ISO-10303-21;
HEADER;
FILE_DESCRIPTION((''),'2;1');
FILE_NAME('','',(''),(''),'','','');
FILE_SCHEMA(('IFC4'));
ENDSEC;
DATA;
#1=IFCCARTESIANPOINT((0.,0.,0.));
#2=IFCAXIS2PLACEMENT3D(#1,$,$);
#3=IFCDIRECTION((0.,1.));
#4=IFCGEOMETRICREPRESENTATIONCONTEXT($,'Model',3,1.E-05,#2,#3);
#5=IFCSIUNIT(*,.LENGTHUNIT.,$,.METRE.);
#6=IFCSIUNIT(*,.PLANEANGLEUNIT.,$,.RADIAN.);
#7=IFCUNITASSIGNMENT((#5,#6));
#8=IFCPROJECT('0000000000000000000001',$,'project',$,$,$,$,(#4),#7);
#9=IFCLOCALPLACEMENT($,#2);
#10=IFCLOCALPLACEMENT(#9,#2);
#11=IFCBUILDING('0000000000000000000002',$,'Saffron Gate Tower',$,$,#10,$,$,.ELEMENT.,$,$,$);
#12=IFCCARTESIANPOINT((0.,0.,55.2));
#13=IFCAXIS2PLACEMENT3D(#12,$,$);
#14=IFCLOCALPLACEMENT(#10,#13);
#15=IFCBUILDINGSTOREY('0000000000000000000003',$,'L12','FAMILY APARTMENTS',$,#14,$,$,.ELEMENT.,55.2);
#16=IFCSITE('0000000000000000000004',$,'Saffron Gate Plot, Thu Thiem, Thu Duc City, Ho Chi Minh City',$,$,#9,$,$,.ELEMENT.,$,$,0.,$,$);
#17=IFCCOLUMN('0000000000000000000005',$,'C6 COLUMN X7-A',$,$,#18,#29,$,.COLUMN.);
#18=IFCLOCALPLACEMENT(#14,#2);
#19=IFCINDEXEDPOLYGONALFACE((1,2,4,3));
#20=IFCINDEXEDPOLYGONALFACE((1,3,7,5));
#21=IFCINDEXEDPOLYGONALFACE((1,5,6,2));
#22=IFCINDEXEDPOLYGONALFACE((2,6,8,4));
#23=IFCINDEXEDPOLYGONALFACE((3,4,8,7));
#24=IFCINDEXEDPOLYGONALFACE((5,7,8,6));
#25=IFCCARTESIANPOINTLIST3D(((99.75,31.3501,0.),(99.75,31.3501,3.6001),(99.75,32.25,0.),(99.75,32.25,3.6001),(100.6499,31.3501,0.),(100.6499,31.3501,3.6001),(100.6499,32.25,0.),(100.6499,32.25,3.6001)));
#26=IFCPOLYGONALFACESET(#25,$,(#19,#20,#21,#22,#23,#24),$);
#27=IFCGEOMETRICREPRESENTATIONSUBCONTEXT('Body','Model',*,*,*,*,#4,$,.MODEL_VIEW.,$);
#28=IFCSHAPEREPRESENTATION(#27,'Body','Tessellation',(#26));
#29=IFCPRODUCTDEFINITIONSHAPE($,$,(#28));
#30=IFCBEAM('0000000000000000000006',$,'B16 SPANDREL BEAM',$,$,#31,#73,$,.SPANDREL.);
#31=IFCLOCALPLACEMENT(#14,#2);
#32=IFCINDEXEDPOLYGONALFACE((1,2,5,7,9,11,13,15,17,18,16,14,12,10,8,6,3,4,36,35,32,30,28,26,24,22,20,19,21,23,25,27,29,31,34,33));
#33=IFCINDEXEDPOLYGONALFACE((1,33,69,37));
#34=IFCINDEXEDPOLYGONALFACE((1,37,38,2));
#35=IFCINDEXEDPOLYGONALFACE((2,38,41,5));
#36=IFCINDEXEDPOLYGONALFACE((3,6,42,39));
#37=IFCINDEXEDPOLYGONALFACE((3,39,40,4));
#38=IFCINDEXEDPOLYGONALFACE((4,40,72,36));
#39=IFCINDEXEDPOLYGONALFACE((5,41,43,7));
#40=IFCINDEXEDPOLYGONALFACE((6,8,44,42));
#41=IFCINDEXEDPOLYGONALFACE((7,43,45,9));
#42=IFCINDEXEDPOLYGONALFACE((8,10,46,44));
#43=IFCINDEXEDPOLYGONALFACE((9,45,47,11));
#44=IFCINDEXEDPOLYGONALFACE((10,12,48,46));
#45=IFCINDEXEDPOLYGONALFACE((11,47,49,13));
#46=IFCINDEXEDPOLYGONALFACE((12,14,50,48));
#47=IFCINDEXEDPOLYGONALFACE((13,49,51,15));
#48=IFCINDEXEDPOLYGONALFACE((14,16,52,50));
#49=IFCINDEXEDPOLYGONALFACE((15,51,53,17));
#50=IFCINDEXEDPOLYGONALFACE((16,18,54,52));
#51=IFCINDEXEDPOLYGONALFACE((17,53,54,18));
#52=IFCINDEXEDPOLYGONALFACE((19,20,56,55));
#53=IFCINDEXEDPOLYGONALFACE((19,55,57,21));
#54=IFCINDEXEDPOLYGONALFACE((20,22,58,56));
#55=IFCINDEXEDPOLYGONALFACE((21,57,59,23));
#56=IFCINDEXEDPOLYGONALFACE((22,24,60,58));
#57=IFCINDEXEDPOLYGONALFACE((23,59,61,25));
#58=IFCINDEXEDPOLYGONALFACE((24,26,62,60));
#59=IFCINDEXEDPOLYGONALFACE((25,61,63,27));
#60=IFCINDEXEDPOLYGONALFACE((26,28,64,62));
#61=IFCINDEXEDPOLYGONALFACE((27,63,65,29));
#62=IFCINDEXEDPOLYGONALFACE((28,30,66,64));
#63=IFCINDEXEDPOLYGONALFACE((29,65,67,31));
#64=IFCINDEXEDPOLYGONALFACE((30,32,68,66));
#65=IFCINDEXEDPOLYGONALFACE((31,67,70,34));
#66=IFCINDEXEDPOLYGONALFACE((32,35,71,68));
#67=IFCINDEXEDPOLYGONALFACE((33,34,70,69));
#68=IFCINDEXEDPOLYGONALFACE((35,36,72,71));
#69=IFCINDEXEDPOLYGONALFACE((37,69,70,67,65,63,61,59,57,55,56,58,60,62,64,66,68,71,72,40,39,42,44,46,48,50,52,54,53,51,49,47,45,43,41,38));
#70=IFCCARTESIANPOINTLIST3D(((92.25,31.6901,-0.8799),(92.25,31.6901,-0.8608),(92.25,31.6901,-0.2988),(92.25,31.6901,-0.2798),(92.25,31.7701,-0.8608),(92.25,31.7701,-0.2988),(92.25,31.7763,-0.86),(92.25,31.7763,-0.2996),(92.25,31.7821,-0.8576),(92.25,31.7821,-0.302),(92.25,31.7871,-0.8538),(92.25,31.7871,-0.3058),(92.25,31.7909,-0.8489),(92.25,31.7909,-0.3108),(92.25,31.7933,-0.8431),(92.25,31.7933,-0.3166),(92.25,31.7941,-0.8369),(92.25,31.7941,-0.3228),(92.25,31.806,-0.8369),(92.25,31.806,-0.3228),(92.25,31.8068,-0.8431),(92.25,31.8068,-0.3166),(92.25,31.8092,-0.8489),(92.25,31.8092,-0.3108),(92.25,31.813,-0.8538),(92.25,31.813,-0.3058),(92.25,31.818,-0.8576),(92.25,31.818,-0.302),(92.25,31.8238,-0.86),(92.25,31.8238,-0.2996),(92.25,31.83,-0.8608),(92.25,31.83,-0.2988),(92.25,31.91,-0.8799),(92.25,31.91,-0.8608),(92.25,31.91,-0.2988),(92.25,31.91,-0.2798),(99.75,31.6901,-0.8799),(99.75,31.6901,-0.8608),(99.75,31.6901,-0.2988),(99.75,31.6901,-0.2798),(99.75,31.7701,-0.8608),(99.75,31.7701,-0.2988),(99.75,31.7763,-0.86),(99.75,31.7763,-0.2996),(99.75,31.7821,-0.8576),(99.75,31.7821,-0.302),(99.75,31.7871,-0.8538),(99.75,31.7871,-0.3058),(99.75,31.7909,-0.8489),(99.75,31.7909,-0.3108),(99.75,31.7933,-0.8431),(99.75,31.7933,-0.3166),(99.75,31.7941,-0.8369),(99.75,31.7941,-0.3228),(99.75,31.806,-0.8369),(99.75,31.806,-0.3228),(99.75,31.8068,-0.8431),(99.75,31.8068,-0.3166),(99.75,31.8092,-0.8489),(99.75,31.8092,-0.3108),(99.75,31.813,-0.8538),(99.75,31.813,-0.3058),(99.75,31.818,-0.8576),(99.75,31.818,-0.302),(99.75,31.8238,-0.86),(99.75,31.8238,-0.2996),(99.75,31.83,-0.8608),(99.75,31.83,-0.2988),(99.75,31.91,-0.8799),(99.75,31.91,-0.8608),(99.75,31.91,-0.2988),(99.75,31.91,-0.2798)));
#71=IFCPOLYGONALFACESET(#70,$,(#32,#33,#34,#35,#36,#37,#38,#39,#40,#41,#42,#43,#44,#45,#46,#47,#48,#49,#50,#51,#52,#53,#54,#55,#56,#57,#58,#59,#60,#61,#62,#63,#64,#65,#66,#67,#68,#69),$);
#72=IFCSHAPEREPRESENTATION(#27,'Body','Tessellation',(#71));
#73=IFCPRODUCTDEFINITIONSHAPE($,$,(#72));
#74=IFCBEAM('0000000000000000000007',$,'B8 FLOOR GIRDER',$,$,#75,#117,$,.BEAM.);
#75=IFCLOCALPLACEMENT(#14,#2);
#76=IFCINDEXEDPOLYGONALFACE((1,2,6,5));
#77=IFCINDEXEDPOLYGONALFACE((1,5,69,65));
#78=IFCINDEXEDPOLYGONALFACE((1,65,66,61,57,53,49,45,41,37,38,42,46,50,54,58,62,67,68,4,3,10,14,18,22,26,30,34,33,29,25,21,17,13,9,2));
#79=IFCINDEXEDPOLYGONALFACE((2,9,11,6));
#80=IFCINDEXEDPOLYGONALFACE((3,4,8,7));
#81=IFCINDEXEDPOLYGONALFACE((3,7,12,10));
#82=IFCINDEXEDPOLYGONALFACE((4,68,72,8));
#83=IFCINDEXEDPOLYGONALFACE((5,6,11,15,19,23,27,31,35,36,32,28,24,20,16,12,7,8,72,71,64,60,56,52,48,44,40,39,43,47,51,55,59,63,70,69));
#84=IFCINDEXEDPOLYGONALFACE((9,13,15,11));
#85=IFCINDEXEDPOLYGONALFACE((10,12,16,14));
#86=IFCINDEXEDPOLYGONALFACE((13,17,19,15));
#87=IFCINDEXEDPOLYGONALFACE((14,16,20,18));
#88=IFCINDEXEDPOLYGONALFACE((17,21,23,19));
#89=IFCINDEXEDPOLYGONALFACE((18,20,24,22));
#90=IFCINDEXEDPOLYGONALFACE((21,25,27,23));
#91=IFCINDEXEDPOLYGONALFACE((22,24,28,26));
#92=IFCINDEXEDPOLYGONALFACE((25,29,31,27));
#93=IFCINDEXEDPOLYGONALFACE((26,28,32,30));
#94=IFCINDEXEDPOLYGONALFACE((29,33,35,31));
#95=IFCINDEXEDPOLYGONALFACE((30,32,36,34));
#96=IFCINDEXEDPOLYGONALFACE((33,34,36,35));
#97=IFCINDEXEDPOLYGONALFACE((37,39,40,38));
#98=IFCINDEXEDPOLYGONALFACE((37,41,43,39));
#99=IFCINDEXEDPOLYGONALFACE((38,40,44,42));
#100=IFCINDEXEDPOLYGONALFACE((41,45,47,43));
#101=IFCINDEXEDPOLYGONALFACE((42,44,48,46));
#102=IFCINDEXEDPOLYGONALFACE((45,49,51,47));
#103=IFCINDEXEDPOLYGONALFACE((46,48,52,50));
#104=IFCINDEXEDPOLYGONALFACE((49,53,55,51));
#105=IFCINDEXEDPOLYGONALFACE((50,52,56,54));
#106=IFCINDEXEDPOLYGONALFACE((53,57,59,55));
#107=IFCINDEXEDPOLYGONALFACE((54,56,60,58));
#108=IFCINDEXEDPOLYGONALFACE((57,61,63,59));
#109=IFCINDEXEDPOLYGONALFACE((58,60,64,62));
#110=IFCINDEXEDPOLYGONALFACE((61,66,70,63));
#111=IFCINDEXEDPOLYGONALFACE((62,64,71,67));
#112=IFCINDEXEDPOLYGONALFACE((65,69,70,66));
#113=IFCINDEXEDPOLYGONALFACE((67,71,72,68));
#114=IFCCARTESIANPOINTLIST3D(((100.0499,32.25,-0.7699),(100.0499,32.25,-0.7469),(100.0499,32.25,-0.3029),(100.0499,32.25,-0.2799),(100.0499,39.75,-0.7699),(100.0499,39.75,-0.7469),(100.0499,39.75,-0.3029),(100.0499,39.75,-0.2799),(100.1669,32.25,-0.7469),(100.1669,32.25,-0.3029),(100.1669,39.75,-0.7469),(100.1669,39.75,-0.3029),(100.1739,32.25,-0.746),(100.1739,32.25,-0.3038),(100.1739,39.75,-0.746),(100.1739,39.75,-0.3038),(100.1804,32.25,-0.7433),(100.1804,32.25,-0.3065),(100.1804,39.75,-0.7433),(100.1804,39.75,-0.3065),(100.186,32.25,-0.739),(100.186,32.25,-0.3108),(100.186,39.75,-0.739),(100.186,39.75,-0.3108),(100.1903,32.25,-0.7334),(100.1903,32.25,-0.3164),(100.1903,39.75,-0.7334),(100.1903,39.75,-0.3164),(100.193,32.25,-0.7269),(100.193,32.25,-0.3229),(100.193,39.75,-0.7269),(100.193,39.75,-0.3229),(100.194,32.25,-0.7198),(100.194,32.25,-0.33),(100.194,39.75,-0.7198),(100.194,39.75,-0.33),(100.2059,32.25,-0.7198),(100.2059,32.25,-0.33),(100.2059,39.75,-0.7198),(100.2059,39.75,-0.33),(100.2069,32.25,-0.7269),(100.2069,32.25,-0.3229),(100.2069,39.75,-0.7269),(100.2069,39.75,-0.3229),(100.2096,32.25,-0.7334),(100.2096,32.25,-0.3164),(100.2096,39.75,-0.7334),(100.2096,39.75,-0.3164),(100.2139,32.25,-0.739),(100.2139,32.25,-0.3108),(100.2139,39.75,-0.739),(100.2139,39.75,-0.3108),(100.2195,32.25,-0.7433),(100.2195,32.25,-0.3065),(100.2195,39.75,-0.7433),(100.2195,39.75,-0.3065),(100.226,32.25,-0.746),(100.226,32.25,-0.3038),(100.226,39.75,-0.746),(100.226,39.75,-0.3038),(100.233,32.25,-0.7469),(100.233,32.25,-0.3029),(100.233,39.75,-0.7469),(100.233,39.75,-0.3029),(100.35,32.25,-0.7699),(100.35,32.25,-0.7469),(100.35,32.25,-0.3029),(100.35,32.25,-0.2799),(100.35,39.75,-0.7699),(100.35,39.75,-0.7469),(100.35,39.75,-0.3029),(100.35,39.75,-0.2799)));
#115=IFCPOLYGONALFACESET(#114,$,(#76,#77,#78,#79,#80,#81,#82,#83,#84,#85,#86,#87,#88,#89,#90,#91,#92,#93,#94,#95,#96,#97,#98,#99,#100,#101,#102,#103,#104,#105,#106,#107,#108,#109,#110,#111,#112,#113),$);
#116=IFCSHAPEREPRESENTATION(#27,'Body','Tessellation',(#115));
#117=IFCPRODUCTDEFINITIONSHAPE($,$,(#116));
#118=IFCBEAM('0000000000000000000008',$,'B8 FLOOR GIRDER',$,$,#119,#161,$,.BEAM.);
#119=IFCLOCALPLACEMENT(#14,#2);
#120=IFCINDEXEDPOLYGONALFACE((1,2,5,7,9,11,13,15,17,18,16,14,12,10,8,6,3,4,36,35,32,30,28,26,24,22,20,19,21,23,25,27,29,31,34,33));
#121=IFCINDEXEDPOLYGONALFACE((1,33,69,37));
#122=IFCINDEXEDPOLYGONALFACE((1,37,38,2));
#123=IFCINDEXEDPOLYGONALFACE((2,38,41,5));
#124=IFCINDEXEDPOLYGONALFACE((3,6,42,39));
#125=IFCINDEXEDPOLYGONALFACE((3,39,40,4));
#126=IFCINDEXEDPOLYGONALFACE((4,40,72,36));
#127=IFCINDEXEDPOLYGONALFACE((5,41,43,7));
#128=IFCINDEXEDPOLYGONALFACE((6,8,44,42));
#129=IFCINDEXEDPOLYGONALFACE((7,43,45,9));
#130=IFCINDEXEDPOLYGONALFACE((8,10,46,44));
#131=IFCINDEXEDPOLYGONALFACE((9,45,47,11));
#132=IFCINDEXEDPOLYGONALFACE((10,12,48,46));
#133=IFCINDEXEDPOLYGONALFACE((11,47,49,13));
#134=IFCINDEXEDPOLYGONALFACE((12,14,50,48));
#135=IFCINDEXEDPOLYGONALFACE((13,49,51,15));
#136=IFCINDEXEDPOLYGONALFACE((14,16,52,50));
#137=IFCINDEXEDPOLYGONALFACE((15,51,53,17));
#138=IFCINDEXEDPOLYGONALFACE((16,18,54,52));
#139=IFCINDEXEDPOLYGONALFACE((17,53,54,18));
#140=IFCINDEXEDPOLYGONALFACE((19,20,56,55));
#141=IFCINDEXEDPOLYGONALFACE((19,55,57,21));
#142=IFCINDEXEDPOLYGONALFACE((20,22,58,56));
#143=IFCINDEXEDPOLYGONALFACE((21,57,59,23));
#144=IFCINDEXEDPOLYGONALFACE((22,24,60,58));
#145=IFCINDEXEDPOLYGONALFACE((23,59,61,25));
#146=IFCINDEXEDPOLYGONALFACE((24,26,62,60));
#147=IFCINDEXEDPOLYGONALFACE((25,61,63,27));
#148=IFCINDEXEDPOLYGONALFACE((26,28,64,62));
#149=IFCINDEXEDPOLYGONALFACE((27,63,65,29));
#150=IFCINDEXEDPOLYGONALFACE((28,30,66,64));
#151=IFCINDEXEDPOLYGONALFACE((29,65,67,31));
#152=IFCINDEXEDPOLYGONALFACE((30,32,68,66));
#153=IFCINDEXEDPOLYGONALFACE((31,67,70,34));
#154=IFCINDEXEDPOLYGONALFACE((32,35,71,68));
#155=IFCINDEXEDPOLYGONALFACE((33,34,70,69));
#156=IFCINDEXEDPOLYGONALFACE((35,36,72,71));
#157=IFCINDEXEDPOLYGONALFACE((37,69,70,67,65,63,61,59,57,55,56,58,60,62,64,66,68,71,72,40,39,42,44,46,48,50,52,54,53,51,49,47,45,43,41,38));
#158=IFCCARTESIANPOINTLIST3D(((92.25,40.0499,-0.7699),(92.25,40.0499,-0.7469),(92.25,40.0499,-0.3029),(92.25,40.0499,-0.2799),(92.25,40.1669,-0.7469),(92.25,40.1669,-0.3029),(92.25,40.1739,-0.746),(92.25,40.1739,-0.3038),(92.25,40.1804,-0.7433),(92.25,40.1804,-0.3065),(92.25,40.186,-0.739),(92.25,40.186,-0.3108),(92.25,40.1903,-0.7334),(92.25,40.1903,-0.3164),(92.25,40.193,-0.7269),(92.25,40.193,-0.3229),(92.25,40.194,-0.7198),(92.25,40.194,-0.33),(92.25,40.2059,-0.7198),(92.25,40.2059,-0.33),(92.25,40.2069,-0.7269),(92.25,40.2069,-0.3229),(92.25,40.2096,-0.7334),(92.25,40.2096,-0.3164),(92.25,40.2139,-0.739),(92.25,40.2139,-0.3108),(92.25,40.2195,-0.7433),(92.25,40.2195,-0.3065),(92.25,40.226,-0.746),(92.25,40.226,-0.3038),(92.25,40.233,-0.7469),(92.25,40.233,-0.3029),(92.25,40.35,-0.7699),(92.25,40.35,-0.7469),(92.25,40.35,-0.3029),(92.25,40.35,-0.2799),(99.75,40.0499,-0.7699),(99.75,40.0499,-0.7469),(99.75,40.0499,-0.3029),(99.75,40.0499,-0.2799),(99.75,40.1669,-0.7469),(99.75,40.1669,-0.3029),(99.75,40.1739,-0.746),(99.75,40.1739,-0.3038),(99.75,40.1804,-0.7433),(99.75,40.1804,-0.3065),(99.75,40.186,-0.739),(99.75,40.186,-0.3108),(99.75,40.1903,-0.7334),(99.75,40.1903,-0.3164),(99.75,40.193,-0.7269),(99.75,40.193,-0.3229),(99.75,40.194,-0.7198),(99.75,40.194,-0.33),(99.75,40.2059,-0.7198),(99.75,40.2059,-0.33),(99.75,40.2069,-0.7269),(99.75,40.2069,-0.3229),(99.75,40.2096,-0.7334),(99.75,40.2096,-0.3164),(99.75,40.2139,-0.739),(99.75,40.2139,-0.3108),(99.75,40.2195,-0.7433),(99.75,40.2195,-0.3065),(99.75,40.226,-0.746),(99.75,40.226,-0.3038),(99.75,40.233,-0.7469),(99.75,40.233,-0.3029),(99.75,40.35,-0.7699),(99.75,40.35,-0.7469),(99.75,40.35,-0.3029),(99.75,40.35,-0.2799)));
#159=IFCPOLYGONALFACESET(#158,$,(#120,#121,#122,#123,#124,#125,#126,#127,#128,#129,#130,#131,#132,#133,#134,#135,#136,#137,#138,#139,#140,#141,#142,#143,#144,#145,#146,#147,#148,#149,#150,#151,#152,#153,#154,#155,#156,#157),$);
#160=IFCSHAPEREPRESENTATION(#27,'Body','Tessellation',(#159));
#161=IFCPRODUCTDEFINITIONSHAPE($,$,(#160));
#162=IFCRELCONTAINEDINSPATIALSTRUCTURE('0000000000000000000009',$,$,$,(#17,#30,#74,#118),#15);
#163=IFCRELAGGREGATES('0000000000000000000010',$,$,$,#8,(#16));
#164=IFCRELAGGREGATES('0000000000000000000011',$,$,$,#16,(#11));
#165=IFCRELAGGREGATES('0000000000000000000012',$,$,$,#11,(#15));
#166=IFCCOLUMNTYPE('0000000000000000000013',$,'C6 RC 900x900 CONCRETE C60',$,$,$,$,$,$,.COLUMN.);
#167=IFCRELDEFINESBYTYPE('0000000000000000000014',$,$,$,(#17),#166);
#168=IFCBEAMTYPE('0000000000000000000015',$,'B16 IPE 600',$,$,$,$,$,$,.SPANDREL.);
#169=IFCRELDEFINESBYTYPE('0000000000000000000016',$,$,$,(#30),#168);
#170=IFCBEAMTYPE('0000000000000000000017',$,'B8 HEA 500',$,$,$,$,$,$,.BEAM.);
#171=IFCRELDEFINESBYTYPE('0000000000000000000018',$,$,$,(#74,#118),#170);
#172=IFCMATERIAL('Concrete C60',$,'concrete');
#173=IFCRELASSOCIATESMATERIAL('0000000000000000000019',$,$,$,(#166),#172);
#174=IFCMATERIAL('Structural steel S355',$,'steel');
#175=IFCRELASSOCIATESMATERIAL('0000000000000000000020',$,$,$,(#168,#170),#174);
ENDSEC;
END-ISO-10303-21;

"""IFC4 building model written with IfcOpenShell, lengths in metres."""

from ifc_helpers import new_model, si_unit, direction, frame, origin, origin_2d, place, context, subcontext, project, spatial, rectangle, i_section, extrude, material, material_profile, profile_set, type_object, element, save


model = new_model("IFC4")

# Units and contexts
model_context = context("Model", 3, precision=1e-05, world=origin(), true_north=direction((0.0, 1.0)))
body_context = subcontext(model_context, "Body", "Model", "MODEL_VIEW")
ifc_project = project(units=[si_unit("LENGTHUNIT", "METRE"), si_unit("PLANEANGLEUNIT", "RADIAN")], contexts=[model_context])

# Site, building, storey
site_placement = place(None, origin())
site = spatial("IfcSite", under=ifc_project, at=site_placement, Name="Saffron Gate Plot, Thu Thiem, Thu Duc City, Ho Chi Minh City", CompositionType="ELEMENT", RefElevation=0.0)
building_placement = place(site_placement, origin())
building = spatial("IfcBuilding", under=site, at=building_placement, Name="Saffron Gate Tower", CompositionType="ELEMENT")
storey_placement = place(building_placement, frame((0.0, 0.0, 55.2)))
storey = spatial("IfcBuildingStorey", under=building, at=storey_placement, Name="L12", Description="FAMILY APARTMENTS", CompositionType="ELEMENT", Elevation=55.2)

# Column
ifc_material_1 = material(Name="Concrete C60", Category="concrete")
ifc_material_profile_1 = material_profile(ifc_material_1, rectangle(XDim=0.8999, YDim=0.8999, at=origin_2d()))
ifc_profile_set_1 = profile_set([ifc_material_profile_1], Name="Concrete C60")
column_type = type_object("IfcColumnType", Name="C6 RC 900x900 CONCRETE C60", PredefinedType="COLUMN", material=ifc_profile_set_1)
column_placement = place(storey_placement, frame((100.2, 31.8, 0.0), z_axis=(0.0, 0.0, 1.0), x_axis=(1.0, 0.0, 0.0)))
element("IfcColumn", 1, at=column_placement, inside=storey, type_object=column_type, Name="C6 COLUMN X7-A", PredefinedType="COLUMN", context=body_context, shape_type="SweptSolid", body=[
    extrude(rectangle(XDim=0.8999, YDim=0.8999, at=origin_2d()), origin(), (0.0, 0.0, 1.0), 3.6001),
])

# Beams
ifc_material_2 = material(Name="Structural steel S355", Category="steel")
ifc_material_profile_2 = material_profile(ifc_material_2, i_section(OverallWidth=0.22, OverallDepth=0.6001, WebThickness=0.012, FlangeThickness=0.019, FilletRadius=0.0239, at=origin_2d()))
ifc_profile_set_2 = profile_set([ifc_material_profile_2], Name="Structural steel S355")
beam_type_1 = type_object("IfcBeamType", Name="B16 IPE 600", PredefinedType="SPANDREL", material=ifc_profile_set_2)
beam_placement = place(storey_placement, frame((92.25, 31.8, -0.5798), z_axis=(1.0, 0.0, 0.0), x_axis=(0.0, 1.0, 0.0)))
element("IfcBeam", 2, at=beam_placement, inside=storey, type_object=beam_type_1, Name="B16 SPANDREL BEAM", PredefinedType="SPANDREL", context=body_context, shape_type="SweptSolid", body=[
    extrude(i_section(OverallWidth=0.22, OverallDepth=0.6001, WebThickness=0.012, FlangeThickness=0.019, FilletRadius=0.0239, at=origin_2d()), origin(), (0.0, 0.0, 1.0), 7.5),
])
ifc_material_profile_3 = material_profile(ifc_material_2, i_section(OverallWidth=0.3, OverallDepth=0.49, WebThickness=0.012, FlangeThickness=0.0229, FilletRadius=0.0271, at=origin_2d()))
ifc_profile_set_3 = profile_set([ifc_material_profile_3], Name="Structural steel S355")
beam_type_2 = type_object("IfcBeamType", Name="B8 HEA 500", PredefinedType="BEAM", material=ifc_profile_set_3)
for number, where, z_axis, x_axis, name in (
    (3, (100.2, 32.25, -0.5249), (0.0, 1.0, 0.0), (-1.0, 0.0, 0.0), "B8 FLOOR GIRDER"),
    (4, (92.25, 40.2, -0.5249), (1.0, 0.0, 0.0), (0.0, 1.0, 0.0), "B8 FLOOR GIRDER"),
):
    element("IfcBeam", number, at=place(storey_placement, frame(where, z_axis=z_axis, x_axis=x_axis)), inside=storey, type_object=beam_type_2, Name=name, PredefinedType="BEAM", context=body_context, shape_type="SweptSolid", body=[
        extrude(i_section(OverallWidth=0.3, OverallDepth=0.49, WebThickness=0.012, FlangeThickness=0.0229, FilletRadius=0.0271, at=origin_2d()), origin(), (0.0, 0.0, 1.0), 7.5),
    ])

save(model, "model.ifc")
